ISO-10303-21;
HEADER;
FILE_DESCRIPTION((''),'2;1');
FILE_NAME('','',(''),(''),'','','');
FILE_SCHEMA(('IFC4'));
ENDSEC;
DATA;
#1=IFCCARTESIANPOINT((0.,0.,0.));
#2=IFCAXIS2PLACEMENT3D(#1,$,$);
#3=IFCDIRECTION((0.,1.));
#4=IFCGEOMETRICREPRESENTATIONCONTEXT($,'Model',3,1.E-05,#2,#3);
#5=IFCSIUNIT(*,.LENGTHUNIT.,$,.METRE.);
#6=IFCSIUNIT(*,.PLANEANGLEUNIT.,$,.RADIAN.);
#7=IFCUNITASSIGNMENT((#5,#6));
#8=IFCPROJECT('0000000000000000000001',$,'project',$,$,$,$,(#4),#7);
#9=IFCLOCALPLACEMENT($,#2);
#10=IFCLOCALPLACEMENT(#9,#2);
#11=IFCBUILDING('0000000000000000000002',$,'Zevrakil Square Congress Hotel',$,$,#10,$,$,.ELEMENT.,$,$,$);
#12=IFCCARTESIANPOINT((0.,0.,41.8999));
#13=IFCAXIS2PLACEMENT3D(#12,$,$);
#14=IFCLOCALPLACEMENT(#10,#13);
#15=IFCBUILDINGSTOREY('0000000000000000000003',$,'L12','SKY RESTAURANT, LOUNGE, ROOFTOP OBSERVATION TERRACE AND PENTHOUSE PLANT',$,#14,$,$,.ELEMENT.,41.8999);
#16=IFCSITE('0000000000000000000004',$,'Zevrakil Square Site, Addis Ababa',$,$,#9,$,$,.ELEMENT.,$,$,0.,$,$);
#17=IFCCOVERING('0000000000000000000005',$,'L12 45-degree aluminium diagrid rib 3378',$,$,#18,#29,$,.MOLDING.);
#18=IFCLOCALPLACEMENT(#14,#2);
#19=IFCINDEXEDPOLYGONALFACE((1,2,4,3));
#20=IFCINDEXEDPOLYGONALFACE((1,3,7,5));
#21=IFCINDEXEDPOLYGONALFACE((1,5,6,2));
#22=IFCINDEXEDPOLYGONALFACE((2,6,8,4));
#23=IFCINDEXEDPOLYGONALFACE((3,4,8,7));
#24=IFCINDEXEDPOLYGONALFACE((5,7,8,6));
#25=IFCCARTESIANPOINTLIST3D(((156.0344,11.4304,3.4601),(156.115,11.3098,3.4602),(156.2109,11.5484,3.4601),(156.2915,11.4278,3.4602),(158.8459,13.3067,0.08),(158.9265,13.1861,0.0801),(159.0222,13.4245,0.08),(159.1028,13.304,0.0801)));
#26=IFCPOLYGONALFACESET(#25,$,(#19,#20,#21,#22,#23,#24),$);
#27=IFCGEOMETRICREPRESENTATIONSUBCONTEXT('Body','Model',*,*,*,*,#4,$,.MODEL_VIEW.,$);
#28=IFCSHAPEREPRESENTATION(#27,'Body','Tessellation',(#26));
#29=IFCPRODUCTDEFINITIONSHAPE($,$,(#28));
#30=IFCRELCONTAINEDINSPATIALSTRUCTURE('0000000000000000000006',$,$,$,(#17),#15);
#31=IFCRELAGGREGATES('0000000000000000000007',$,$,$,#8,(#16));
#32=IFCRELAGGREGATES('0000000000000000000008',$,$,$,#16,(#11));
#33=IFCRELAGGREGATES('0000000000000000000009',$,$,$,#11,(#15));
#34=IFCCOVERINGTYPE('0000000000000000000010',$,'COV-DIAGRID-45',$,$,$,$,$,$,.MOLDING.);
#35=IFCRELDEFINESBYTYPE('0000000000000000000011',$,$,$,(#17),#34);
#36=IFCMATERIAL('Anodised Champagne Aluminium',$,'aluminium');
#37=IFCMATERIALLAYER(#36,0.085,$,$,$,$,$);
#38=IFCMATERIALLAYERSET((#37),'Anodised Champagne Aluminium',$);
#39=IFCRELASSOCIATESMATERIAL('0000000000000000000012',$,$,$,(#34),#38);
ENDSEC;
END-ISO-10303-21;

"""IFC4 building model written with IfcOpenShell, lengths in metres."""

from ifc_helpers import new_model, si_unit, direction, frame, origin, place, context, subcontext, project, spatial, polyline, outline, extrude, material, layer, layer_set, type_object, element, save


model = new_model("IFC4")

# Units and contexts
model_context = context("Model", 3, precision=1e-05, world=origin(), true_north=direction((0.0, 1.0)))
body_context = subcontext(model_context, "Body", "Model", "MODEL_VIEW")
ifc_project = project(units=[si_unit("LENGTHUNIT", "METRE"), si_unit("PLANEANGLEUNIT", "RADIAN")], contexts=[model_context])

# Site, building, storey
site_placement = place(None, origin())
site = spatial("IfcSite", under=ifc_project, at=site_placement, Name="Zevrakil Square Site, Addis Ababa", CompositionType="ELEMENT", RefElevation=0.0)
building_placement = place(site_placement, origin())
building = spatial("IfcBuilding", under=site, at=building_placement, Name="Zevrakil Square Congress Hotel", CompositionType="ELEMENT")
storey_placement = place(building_placement, frame((0.0, 0.0, 41.8999)))
storey = spatial("IfcBuildingStorey", under=building, at=storey_placement, Name="L12", Description="SKY RESTAURANT, LOUNGE, ROOFTOP OBSERVATION TERRACE AND PENTHOUSE PLANT", CompositionType="ELEMENT", Elevation=41.8999)

# Covering
ifc_material_1 = material(Name="Anodised Champagne Aluminium", Category="aluminium")
ifc_layer_1 = layer(ifc_material_1, 0.085)
ifc_layer_set_1 = layer_set([ifc_layer_1], Name="Anodised Champagne Aluminium")
covering_type_1 = type_object("IfcCoveringType", Name="COV-DIAGRID-45", PredefinedType="MOLDING", material=ifc_layer_set_1)
covering_1_placement = place(storey_placement, frame((156.115, 11.3098, 3.4602), z_axis=(0.555762, -0.831341, 0.000796), x_axis=(0.831342, 0.555762, 0.0)))
element("IfcCovering", 1, at=covering_1_placement, inside=storey, type_object=covering_type_1, Name="L12 45-degree aluminium diagrid rib 3378", PredefinedType="MOLDING", context=body_context, shape_type="SweptSolid", body=[
    extrude(outline(polyline([(0.0, 0.0), (0.2123, 0.0), (3.5921, -3.3801), (3.3801, -3.3801), (0.0, 0.0)])), origin(), (0.0, 0.0, -1.0), 0.145),
])

save(model, "model.ifc")
